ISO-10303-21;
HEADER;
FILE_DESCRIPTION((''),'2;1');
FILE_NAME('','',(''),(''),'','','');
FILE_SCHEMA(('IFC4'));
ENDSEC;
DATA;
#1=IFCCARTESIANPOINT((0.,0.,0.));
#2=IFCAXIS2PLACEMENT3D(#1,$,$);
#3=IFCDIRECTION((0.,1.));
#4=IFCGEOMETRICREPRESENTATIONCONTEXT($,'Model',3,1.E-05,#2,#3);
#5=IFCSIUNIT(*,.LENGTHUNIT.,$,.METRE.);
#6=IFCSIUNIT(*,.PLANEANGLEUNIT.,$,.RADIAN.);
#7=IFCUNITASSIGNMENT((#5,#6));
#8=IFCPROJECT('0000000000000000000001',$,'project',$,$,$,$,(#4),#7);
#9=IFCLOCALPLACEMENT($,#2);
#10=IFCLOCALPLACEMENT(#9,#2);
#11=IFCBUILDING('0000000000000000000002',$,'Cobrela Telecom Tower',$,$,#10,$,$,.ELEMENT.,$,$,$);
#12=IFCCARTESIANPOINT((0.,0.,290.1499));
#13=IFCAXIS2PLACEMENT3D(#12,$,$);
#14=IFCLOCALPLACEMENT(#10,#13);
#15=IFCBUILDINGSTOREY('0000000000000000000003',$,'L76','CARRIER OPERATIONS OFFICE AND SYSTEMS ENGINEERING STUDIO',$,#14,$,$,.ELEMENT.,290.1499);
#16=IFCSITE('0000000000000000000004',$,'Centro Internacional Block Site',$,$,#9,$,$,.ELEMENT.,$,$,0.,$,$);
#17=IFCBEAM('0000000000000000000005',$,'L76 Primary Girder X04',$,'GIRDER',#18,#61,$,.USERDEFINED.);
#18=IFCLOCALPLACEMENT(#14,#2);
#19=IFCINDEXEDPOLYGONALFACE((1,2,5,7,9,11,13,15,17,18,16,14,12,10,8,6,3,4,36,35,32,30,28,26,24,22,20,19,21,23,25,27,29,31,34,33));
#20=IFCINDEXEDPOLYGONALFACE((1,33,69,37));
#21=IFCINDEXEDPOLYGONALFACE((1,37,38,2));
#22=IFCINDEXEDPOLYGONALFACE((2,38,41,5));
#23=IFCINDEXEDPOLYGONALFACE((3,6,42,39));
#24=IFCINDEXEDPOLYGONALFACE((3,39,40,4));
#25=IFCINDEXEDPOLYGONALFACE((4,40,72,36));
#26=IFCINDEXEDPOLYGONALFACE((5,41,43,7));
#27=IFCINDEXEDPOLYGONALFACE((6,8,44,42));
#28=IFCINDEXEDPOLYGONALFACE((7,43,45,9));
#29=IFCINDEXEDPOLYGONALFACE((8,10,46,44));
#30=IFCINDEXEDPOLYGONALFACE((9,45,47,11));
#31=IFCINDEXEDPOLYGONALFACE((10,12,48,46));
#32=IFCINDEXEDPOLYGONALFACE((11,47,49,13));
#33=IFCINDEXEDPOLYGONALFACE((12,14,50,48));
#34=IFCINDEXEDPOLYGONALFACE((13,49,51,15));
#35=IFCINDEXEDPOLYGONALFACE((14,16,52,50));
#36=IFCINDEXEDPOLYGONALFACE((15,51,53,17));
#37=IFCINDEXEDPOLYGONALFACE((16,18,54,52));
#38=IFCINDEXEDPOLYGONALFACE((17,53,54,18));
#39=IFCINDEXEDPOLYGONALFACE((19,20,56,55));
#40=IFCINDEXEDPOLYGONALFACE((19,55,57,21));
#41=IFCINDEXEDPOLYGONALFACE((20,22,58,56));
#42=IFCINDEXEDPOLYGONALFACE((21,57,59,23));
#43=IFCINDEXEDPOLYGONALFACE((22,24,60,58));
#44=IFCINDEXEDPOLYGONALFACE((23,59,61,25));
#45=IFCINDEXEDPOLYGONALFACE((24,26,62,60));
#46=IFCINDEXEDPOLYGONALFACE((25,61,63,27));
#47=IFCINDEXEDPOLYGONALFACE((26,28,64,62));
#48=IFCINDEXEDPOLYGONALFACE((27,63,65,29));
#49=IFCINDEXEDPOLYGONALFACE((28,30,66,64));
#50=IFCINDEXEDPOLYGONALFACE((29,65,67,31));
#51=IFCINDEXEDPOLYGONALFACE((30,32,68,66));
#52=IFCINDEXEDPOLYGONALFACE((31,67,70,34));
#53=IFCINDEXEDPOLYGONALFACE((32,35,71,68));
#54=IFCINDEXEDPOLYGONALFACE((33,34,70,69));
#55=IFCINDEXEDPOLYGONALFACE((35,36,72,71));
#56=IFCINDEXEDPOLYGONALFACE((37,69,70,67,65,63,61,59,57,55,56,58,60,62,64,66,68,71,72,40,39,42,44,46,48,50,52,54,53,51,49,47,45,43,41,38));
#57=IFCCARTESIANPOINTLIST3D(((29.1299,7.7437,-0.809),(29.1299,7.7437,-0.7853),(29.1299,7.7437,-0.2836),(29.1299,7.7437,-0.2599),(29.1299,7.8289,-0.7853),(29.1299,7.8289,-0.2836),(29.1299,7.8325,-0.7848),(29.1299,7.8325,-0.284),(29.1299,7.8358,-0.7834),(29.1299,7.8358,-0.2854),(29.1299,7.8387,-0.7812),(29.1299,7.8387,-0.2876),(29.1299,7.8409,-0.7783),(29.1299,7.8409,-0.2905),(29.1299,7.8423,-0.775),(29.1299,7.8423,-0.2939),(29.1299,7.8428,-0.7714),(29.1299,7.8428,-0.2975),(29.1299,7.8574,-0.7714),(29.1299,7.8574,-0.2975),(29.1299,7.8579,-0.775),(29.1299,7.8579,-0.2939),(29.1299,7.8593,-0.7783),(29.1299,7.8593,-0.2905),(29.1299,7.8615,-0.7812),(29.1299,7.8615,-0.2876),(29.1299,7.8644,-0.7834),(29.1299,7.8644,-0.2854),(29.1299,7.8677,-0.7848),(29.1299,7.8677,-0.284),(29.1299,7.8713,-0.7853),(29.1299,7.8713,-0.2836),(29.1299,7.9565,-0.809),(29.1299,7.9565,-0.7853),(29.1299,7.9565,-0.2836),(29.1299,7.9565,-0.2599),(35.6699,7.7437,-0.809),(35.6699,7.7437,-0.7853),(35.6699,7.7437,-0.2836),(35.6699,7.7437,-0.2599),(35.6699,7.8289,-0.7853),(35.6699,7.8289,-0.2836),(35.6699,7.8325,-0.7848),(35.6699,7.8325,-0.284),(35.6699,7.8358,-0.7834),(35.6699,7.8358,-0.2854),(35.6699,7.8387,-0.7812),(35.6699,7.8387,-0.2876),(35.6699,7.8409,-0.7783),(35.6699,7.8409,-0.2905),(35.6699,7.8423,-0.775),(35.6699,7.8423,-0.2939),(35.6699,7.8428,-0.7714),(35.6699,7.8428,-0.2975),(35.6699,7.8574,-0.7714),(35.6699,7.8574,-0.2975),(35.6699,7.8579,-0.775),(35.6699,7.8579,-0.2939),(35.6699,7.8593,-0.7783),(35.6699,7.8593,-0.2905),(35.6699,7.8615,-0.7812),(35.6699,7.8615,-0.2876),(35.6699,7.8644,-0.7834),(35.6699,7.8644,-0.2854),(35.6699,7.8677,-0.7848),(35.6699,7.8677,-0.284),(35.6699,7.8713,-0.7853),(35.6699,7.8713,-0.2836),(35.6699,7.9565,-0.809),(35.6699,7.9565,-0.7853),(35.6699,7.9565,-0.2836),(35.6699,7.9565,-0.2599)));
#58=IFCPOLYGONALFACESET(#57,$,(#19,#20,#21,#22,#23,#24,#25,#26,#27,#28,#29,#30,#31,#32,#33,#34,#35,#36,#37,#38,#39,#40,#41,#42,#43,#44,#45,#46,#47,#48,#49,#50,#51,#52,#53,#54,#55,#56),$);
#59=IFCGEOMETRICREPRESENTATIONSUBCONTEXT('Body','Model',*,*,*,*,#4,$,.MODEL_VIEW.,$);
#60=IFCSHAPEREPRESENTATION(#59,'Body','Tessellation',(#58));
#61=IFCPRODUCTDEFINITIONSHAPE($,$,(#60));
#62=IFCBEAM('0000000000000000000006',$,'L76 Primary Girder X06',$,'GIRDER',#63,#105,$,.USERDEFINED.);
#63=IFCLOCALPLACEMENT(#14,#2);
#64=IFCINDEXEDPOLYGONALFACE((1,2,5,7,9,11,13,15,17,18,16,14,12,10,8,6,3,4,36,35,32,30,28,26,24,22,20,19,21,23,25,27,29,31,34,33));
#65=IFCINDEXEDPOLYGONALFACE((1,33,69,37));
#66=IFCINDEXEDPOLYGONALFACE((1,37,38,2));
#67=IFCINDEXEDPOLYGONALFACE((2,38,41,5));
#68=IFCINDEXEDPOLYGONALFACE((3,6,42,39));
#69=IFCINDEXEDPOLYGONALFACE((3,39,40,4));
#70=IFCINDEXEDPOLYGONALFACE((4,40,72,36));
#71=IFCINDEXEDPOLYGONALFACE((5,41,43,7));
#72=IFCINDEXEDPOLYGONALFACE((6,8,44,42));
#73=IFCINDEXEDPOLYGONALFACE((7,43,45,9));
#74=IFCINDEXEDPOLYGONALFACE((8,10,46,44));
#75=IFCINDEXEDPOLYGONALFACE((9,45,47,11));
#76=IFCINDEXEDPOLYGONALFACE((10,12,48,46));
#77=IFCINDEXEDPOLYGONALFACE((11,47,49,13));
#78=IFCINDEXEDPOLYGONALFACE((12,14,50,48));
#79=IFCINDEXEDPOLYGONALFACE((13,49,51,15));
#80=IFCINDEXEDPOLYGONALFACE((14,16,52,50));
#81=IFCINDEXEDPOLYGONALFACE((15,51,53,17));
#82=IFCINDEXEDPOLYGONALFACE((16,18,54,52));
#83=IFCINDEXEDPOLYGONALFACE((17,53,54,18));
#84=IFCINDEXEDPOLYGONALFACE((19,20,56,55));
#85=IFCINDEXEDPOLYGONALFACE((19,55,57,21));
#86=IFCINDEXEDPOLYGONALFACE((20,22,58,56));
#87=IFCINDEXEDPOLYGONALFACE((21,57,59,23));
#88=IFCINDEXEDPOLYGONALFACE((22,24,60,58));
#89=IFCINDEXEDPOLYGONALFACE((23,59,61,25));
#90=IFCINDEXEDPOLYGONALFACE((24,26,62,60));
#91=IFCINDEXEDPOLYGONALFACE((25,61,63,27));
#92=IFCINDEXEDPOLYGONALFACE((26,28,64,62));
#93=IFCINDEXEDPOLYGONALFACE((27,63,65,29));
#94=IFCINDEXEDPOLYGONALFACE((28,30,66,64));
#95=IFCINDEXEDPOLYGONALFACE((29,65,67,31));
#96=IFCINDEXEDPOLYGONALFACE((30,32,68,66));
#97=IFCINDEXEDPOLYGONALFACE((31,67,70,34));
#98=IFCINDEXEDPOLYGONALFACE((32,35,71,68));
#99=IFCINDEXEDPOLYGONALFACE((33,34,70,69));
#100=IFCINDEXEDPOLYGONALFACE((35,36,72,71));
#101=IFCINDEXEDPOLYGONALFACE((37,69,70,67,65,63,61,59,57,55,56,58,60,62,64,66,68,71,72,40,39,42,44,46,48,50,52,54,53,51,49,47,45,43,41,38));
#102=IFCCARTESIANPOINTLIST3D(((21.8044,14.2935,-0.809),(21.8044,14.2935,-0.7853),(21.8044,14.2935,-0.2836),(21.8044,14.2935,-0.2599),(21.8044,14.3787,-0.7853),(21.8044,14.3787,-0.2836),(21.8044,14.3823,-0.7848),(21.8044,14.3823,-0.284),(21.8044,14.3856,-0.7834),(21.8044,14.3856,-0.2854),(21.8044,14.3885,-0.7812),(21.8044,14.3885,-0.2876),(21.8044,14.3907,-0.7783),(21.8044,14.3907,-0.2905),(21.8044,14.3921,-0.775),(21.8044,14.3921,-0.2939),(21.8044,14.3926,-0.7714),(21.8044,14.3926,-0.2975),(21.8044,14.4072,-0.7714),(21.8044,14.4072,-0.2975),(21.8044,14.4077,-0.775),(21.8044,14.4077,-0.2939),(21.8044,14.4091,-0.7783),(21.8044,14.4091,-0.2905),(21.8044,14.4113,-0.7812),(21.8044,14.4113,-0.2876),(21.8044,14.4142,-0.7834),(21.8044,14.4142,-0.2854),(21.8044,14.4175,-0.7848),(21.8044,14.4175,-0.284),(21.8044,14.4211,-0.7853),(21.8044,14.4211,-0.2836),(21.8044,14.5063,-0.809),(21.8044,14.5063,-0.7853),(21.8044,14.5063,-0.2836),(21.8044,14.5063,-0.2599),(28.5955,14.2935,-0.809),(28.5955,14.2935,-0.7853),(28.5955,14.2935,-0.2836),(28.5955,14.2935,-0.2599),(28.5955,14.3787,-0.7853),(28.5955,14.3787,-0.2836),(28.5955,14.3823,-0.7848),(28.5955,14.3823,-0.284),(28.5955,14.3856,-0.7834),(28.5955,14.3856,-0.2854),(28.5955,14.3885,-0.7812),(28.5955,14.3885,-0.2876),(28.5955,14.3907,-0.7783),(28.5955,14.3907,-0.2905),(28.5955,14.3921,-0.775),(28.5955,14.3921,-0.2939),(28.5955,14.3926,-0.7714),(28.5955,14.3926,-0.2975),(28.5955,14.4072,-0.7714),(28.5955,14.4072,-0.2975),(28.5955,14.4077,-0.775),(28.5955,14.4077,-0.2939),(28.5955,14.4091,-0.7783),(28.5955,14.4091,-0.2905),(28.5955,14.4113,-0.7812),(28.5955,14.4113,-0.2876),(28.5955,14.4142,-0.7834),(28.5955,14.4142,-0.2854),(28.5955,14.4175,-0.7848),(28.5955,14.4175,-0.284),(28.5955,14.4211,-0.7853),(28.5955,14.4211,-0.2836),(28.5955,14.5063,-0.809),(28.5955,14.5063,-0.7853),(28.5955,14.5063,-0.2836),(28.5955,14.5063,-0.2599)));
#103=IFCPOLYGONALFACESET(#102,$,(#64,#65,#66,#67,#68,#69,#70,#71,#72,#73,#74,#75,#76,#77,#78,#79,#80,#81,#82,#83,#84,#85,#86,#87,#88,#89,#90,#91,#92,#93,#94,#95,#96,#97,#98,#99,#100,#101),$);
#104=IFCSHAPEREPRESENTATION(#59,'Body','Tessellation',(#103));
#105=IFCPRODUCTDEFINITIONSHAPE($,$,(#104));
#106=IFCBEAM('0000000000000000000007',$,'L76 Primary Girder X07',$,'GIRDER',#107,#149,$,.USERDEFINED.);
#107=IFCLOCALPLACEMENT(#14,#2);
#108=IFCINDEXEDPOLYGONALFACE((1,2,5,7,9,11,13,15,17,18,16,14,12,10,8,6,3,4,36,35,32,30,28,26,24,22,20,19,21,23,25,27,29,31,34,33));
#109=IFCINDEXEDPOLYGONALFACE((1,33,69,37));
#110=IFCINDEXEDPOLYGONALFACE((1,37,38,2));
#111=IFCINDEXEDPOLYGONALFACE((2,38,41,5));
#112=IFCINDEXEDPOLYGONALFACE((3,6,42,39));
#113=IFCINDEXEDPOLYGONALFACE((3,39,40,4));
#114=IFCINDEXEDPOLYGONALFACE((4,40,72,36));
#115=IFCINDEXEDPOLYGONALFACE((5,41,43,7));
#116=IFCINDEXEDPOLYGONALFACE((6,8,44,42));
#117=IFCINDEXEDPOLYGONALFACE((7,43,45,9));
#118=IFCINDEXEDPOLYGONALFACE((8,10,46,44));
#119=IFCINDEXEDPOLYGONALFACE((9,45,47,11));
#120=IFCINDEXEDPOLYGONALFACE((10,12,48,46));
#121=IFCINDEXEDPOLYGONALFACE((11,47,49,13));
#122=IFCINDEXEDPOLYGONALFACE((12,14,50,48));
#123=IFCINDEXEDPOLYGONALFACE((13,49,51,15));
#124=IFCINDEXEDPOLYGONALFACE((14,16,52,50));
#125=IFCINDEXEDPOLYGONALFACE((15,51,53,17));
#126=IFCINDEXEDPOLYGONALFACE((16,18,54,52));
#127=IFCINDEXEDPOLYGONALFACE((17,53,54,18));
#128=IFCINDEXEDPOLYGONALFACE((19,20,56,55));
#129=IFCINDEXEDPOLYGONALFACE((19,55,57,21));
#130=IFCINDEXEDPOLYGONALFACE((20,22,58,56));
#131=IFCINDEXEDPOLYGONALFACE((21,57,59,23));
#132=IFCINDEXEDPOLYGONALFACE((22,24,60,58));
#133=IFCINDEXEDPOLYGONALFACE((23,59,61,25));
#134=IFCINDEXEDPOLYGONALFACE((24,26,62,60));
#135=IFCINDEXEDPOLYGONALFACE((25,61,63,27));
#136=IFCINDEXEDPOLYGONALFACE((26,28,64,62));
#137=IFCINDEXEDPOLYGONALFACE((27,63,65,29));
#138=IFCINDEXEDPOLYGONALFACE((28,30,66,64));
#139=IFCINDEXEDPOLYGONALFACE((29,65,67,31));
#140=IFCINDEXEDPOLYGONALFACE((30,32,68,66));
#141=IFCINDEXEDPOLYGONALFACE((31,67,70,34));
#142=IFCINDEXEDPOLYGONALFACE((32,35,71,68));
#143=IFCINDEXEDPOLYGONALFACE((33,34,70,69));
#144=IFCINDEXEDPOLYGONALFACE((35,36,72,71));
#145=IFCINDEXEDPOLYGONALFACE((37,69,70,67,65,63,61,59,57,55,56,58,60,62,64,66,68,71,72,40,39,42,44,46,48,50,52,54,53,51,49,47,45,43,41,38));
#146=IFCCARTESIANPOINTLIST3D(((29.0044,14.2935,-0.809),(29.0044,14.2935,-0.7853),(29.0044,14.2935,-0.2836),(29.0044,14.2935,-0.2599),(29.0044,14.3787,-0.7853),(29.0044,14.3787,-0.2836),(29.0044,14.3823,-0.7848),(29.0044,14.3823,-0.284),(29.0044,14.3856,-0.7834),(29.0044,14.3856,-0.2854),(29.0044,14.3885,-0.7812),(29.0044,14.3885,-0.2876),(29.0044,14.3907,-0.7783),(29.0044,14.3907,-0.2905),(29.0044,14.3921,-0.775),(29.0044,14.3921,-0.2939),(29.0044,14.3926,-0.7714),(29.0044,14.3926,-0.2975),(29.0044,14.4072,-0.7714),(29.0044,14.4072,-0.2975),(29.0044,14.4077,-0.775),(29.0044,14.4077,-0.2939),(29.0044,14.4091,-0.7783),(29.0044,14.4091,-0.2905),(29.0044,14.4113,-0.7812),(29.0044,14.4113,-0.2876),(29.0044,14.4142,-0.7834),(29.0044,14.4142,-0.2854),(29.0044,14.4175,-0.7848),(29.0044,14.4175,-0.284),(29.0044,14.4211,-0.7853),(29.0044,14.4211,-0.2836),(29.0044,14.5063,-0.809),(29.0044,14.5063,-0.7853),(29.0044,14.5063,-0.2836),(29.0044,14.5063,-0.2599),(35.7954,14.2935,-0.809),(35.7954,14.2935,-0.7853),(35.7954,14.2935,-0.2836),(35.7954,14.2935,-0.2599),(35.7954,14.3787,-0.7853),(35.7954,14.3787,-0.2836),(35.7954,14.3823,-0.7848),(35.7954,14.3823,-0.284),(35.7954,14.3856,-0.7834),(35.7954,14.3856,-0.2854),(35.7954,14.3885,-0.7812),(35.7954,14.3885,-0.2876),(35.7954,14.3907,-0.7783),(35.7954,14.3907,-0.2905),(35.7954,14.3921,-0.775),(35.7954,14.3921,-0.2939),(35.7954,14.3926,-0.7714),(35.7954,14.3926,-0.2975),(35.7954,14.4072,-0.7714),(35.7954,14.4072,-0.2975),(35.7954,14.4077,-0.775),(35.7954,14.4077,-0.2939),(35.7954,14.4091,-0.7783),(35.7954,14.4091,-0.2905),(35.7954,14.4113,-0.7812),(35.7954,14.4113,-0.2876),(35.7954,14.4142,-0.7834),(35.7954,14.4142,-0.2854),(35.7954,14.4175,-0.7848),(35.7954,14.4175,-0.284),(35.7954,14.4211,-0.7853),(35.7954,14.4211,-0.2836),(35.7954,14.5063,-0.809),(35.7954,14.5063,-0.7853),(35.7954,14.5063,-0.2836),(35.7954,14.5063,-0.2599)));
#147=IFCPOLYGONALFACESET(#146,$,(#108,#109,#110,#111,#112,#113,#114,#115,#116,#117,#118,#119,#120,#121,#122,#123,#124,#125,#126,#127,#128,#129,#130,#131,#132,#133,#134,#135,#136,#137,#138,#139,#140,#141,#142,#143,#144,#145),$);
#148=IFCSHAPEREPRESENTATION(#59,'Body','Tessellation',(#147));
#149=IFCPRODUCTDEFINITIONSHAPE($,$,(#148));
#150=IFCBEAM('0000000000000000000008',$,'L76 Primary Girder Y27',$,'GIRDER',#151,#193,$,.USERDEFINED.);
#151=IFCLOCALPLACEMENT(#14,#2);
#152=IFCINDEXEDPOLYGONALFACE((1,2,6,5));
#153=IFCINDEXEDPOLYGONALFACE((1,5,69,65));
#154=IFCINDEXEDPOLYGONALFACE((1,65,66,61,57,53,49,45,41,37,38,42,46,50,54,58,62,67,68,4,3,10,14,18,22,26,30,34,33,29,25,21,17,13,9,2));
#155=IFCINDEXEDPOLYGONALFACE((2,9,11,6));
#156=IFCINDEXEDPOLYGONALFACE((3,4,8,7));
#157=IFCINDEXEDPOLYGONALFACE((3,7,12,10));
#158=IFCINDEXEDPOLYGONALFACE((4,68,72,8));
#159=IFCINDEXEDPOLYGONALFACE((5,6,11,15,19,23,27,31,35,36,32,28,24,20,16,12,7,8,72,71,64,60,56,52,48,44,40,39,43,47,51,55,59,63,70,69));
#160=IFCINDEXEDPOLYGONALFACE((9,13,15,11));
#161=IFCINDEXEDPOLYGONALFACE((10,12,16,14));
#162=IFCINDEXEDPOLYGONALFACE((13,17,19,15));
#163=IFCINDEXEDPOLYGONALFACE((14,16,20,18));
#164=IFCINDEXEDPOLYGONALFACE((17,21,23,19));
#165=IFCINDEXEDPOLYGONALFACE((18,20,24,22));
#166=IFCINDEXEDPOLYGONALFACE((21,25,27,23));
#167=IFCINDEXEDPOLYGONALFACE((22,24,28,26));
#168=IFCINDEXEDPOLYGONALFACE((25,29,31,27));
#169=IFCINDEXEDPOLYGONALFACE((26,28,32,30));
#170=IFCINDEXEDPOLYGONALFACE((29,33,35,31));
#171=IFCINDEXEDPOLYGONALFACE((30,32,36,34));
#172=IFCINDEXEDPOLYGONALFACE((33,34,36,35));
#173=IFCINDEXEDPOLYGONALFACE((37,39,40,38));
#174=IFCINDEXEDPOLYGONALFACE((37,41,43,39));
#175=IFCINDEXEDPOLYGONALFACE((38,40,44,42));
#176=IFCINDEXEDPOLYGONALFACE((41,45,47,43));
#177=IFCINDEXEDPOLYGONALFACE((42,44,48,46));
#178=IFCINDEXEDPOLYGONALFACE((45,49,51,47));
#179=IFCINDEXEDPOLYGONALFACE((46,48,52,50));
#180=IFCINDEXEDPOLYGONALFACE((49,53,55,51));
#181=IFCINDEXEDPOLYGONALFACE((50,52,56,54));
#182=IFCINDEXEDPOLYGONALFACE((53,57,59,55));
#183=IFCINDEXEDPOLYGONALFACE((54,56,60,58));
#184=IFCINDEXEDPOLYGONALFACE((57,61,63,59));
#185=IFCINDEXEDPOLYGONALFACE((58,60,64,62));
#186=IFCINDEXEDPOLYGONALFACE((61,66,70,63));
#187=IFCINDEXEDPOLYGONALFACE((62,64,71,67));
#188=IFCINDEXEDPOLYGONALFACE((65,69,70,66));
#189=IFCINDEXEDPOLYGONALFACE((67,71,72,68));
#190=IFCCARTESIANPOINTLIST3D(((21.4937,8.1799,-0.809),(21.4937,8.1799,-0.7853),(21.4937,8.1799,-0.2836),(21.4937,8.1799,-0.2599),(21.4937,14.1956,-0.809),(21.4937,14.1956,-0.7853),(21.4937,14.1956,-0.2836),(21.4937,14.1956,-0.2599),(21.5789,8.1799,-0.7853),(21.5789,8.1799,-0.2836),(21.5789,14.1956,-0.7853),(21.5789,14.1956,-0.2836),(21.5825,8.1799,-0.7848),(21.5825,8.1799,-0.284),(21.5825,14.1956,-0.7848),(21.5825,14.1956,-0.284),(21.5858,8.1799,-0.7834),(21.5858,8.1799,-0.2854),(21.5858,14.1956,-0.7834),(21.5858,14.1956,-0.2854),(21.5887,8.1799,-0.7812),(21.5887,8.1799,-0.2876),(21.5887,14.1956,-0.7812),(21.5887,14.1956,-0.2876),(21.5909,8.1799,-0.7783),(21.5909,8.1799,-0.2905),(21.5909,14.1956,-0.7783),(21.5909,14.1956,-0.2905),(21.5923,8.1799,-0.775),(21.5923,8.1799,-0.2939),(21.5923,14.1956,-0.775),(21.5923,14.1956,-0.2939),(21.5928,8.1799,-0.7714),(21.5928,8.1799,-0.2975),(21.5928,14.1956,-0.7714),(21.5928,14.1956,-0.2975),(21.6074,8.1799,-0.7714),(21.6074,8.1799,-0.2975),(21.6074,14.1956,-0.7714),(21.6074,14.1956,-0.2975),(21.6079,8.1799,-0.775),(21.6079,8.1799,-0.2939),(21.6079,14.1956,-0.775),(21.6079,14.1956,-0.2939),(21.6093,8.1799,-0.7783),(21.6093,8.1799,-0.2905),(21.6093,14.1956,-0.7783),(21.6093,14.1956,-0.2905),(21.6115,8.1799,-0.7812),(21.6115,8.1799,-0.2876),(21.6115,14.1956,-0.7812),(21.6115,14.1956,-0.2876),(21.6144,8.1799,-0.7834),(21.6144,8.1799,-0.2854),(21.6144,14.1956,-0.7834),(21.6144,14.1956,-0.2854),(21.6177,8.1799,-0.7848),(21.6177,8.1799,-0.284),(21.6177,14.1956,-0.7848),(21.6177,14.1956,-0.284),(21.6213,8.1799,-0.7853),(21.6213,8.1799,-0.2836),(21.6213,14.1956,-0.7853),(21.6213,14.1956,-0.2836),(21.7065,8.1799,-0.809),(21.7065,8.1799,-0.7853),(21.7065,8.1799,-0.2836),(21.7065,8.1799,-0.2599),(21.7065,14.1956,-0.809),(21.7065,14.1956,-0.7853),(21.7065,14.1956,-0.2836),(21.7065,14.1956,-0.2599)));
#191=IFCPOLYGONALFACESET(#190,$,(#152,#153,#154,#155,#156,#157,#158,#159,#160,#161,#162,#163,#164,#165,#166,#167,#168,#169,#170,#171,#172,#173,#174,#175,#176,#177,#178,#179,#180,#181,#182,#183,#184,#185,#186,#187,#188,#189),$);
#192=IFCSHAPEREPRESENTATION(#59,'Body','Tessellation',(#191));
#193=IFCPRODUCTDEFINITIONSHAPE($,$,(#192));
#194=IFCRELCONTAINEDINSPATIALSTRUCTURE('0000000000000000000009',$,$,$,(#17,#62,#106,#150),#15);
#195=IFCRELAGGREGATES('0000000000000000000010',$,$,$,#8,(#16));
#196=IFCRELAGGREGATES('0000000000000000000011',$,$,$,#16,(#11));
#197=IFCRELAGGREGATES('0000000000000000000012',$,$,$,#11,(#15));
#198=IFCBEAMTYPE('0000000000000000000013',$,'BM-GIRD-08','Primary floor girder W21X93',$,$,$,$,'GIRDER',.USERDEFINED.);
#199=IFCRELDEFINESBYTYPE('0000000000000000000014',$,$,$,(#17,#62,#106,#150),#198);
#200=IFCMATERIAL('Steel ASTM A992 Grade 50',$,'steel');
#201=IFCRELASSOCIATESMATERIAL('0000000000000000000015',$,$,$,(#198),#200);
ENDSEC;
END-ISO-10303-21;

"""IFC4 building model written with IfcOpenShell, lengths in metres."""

from ifc_helpers import new_model, si_unit, direction, frame, origin, origin_2d, place, context, subcontext, project, spatial, i_section, extrude, material, material_profile, profile_set, type_object, element, save


model = new_model("IFC4")

# Units and contexts
model_context = context("Model", 3, precision=1e-05, world=origin(), true_north=direction((0.0, 1.0)))
body_context = subcontext(model_context, "Body", "Model", "MODEL_VIEW")
ifc_project = project(units=[si_unit("LENGTHUNIT", "METRE"), si_unit("PLANEANGLEUNIT", "RADIAN")], contexts=[model_context])

# Site, building, storey
site_placement = place(None, origin())
site = spatial("IfcSite", under=ifc_project, at=site_placement, Name="Centro Internacional Block Site", CompositionType="ELEMENT", RefElevation=0.0)
building_placement = place(site_placement, origin())
building = spatial("IfcBuilding", under=site, at=building_placement, Name="Cobrela Telecom Tower", CompositionType="ELEMENT")
storey_placement = place(building_placement, frame((0.0, 0.0, 290.1499)))
storey = spatial("IfcBuildingStorey", under=building, at=storey_placement, Name="L76", Description="CARRIER OPERATIONS OFFICE AND SYSTEMS ENGINEERING STUDIO", CompositionType="ELEMENT", Elevation=290.1499)

# Shared definitions
ifc_material_1 = material(Name="Steel ASTM A992 Grade 50", Category="steel")

# Beams
ifc_material_profile_1 = material_profile(ifc_material_1, i_section(OverallWidth=0.2129, OverallDepth=0.5491, WebThickness=0.0146, FlangeThickness=0.0237, FilletRadius=0.0139, at=origin_2d()), Name="W21X93")
ifc_profile_set_1 = profile_set([ifc_material_profile_1], Name="Steel ASTM A992 Grade 50")
beam_type_1 = type_object("IfcBeamType", Name="BM-GIRD-08", Description="Primary floor girder W21X93", ElementType="GIRDER", PredefinedType="USERDEFINED", material=ifc_profile_set_1)
for number, where, z_axis, x_axis, name in (
    (1, (29.1299, 7.8501, -0.5344), (1.0, 0.0, 0.0), (0.0, 1.0, 0.0), "L76 Primary Girder X04"),
):
    element("IfcBeam", number, at=place(storey_placement, frame(where, z_axis=z_axis, x_axis=x_axis)), inside=storey, type_object=beam_type_1, Name=name, ObjectType="GIRDER", PredefinedType="USERDEFINED", context=body_context, shape_type="SweptSolid", body=[
        extrude(i_section(OverallWidth=0.2129, OverallDepth=0.5491, WebThickness=0.0146, FlangeThickness=0.0237, FilletRadius=0.0139, at=origin_2d()), origin(), (0.0, 0.0, 1.0), 6.54),
    ])
for number, where, z_axis, x_axis, name in (
    (2, (21.8044, 14.3999, -0.5344), (1.0, 0.0, 0.0), (0.0, 1.0, 0.0), "L76 Primary Girder X06"),
    (3, (29.0044, 14.3999, -0.5344), (1.0, 0.0, 0.0), (0.0, 1.0, 0.0), "L76 Primary Girder X07"),
):
    element("IfcBeam", number, at=place(storey_placement, frame(where, z_axis=z_axis, x_axis=x_axis)), inside=storey, type_object=beam_type_1, Name=name, ObjectType="GIRDER", PredefinedType="USERDEFINED", context=body_context, shape_type="SweptSolid", body=[
        extrude(i_section(OverallWidth=0.2129, OverallDepth=0.5491, WebThickness=0.0146, FlangeThickness=0.0237, FilletRadius=0.0139, at=origin_2d()), origin(), (0.0, 0.0, 1.0), 6.791),
    ])
for number, where, z_axis, x_axis, name in (
    (4, (21.6001, 8.1799, -0.5344), (0.0, 1.0, 0.0), (-1.0, 0.0, 0.0), "L76 Primary Girder Y27"),
):
    element("IfcBeam", number, at=place(storey_placement, frame(where, z_axis=z_axis, x_axis=x_axis)), inside=storey, type_object=beam_type_1, Name=name, ObjectType="GIRDER", PredefinedType="USERDEFINED", context=body_context, shape_type="SweptSolid", body=[
        extrude(i_section(OverallWidth=0.2129, OverallDepth=0.5491, WebThickness=0.0146, FlangeThickness=0.0237, FilletRadius=0.0139, at=origin_2d()), origin(), (0.0, 0.0, 1.0), 6.0156),
    ])

save(model, "model.ifc")
